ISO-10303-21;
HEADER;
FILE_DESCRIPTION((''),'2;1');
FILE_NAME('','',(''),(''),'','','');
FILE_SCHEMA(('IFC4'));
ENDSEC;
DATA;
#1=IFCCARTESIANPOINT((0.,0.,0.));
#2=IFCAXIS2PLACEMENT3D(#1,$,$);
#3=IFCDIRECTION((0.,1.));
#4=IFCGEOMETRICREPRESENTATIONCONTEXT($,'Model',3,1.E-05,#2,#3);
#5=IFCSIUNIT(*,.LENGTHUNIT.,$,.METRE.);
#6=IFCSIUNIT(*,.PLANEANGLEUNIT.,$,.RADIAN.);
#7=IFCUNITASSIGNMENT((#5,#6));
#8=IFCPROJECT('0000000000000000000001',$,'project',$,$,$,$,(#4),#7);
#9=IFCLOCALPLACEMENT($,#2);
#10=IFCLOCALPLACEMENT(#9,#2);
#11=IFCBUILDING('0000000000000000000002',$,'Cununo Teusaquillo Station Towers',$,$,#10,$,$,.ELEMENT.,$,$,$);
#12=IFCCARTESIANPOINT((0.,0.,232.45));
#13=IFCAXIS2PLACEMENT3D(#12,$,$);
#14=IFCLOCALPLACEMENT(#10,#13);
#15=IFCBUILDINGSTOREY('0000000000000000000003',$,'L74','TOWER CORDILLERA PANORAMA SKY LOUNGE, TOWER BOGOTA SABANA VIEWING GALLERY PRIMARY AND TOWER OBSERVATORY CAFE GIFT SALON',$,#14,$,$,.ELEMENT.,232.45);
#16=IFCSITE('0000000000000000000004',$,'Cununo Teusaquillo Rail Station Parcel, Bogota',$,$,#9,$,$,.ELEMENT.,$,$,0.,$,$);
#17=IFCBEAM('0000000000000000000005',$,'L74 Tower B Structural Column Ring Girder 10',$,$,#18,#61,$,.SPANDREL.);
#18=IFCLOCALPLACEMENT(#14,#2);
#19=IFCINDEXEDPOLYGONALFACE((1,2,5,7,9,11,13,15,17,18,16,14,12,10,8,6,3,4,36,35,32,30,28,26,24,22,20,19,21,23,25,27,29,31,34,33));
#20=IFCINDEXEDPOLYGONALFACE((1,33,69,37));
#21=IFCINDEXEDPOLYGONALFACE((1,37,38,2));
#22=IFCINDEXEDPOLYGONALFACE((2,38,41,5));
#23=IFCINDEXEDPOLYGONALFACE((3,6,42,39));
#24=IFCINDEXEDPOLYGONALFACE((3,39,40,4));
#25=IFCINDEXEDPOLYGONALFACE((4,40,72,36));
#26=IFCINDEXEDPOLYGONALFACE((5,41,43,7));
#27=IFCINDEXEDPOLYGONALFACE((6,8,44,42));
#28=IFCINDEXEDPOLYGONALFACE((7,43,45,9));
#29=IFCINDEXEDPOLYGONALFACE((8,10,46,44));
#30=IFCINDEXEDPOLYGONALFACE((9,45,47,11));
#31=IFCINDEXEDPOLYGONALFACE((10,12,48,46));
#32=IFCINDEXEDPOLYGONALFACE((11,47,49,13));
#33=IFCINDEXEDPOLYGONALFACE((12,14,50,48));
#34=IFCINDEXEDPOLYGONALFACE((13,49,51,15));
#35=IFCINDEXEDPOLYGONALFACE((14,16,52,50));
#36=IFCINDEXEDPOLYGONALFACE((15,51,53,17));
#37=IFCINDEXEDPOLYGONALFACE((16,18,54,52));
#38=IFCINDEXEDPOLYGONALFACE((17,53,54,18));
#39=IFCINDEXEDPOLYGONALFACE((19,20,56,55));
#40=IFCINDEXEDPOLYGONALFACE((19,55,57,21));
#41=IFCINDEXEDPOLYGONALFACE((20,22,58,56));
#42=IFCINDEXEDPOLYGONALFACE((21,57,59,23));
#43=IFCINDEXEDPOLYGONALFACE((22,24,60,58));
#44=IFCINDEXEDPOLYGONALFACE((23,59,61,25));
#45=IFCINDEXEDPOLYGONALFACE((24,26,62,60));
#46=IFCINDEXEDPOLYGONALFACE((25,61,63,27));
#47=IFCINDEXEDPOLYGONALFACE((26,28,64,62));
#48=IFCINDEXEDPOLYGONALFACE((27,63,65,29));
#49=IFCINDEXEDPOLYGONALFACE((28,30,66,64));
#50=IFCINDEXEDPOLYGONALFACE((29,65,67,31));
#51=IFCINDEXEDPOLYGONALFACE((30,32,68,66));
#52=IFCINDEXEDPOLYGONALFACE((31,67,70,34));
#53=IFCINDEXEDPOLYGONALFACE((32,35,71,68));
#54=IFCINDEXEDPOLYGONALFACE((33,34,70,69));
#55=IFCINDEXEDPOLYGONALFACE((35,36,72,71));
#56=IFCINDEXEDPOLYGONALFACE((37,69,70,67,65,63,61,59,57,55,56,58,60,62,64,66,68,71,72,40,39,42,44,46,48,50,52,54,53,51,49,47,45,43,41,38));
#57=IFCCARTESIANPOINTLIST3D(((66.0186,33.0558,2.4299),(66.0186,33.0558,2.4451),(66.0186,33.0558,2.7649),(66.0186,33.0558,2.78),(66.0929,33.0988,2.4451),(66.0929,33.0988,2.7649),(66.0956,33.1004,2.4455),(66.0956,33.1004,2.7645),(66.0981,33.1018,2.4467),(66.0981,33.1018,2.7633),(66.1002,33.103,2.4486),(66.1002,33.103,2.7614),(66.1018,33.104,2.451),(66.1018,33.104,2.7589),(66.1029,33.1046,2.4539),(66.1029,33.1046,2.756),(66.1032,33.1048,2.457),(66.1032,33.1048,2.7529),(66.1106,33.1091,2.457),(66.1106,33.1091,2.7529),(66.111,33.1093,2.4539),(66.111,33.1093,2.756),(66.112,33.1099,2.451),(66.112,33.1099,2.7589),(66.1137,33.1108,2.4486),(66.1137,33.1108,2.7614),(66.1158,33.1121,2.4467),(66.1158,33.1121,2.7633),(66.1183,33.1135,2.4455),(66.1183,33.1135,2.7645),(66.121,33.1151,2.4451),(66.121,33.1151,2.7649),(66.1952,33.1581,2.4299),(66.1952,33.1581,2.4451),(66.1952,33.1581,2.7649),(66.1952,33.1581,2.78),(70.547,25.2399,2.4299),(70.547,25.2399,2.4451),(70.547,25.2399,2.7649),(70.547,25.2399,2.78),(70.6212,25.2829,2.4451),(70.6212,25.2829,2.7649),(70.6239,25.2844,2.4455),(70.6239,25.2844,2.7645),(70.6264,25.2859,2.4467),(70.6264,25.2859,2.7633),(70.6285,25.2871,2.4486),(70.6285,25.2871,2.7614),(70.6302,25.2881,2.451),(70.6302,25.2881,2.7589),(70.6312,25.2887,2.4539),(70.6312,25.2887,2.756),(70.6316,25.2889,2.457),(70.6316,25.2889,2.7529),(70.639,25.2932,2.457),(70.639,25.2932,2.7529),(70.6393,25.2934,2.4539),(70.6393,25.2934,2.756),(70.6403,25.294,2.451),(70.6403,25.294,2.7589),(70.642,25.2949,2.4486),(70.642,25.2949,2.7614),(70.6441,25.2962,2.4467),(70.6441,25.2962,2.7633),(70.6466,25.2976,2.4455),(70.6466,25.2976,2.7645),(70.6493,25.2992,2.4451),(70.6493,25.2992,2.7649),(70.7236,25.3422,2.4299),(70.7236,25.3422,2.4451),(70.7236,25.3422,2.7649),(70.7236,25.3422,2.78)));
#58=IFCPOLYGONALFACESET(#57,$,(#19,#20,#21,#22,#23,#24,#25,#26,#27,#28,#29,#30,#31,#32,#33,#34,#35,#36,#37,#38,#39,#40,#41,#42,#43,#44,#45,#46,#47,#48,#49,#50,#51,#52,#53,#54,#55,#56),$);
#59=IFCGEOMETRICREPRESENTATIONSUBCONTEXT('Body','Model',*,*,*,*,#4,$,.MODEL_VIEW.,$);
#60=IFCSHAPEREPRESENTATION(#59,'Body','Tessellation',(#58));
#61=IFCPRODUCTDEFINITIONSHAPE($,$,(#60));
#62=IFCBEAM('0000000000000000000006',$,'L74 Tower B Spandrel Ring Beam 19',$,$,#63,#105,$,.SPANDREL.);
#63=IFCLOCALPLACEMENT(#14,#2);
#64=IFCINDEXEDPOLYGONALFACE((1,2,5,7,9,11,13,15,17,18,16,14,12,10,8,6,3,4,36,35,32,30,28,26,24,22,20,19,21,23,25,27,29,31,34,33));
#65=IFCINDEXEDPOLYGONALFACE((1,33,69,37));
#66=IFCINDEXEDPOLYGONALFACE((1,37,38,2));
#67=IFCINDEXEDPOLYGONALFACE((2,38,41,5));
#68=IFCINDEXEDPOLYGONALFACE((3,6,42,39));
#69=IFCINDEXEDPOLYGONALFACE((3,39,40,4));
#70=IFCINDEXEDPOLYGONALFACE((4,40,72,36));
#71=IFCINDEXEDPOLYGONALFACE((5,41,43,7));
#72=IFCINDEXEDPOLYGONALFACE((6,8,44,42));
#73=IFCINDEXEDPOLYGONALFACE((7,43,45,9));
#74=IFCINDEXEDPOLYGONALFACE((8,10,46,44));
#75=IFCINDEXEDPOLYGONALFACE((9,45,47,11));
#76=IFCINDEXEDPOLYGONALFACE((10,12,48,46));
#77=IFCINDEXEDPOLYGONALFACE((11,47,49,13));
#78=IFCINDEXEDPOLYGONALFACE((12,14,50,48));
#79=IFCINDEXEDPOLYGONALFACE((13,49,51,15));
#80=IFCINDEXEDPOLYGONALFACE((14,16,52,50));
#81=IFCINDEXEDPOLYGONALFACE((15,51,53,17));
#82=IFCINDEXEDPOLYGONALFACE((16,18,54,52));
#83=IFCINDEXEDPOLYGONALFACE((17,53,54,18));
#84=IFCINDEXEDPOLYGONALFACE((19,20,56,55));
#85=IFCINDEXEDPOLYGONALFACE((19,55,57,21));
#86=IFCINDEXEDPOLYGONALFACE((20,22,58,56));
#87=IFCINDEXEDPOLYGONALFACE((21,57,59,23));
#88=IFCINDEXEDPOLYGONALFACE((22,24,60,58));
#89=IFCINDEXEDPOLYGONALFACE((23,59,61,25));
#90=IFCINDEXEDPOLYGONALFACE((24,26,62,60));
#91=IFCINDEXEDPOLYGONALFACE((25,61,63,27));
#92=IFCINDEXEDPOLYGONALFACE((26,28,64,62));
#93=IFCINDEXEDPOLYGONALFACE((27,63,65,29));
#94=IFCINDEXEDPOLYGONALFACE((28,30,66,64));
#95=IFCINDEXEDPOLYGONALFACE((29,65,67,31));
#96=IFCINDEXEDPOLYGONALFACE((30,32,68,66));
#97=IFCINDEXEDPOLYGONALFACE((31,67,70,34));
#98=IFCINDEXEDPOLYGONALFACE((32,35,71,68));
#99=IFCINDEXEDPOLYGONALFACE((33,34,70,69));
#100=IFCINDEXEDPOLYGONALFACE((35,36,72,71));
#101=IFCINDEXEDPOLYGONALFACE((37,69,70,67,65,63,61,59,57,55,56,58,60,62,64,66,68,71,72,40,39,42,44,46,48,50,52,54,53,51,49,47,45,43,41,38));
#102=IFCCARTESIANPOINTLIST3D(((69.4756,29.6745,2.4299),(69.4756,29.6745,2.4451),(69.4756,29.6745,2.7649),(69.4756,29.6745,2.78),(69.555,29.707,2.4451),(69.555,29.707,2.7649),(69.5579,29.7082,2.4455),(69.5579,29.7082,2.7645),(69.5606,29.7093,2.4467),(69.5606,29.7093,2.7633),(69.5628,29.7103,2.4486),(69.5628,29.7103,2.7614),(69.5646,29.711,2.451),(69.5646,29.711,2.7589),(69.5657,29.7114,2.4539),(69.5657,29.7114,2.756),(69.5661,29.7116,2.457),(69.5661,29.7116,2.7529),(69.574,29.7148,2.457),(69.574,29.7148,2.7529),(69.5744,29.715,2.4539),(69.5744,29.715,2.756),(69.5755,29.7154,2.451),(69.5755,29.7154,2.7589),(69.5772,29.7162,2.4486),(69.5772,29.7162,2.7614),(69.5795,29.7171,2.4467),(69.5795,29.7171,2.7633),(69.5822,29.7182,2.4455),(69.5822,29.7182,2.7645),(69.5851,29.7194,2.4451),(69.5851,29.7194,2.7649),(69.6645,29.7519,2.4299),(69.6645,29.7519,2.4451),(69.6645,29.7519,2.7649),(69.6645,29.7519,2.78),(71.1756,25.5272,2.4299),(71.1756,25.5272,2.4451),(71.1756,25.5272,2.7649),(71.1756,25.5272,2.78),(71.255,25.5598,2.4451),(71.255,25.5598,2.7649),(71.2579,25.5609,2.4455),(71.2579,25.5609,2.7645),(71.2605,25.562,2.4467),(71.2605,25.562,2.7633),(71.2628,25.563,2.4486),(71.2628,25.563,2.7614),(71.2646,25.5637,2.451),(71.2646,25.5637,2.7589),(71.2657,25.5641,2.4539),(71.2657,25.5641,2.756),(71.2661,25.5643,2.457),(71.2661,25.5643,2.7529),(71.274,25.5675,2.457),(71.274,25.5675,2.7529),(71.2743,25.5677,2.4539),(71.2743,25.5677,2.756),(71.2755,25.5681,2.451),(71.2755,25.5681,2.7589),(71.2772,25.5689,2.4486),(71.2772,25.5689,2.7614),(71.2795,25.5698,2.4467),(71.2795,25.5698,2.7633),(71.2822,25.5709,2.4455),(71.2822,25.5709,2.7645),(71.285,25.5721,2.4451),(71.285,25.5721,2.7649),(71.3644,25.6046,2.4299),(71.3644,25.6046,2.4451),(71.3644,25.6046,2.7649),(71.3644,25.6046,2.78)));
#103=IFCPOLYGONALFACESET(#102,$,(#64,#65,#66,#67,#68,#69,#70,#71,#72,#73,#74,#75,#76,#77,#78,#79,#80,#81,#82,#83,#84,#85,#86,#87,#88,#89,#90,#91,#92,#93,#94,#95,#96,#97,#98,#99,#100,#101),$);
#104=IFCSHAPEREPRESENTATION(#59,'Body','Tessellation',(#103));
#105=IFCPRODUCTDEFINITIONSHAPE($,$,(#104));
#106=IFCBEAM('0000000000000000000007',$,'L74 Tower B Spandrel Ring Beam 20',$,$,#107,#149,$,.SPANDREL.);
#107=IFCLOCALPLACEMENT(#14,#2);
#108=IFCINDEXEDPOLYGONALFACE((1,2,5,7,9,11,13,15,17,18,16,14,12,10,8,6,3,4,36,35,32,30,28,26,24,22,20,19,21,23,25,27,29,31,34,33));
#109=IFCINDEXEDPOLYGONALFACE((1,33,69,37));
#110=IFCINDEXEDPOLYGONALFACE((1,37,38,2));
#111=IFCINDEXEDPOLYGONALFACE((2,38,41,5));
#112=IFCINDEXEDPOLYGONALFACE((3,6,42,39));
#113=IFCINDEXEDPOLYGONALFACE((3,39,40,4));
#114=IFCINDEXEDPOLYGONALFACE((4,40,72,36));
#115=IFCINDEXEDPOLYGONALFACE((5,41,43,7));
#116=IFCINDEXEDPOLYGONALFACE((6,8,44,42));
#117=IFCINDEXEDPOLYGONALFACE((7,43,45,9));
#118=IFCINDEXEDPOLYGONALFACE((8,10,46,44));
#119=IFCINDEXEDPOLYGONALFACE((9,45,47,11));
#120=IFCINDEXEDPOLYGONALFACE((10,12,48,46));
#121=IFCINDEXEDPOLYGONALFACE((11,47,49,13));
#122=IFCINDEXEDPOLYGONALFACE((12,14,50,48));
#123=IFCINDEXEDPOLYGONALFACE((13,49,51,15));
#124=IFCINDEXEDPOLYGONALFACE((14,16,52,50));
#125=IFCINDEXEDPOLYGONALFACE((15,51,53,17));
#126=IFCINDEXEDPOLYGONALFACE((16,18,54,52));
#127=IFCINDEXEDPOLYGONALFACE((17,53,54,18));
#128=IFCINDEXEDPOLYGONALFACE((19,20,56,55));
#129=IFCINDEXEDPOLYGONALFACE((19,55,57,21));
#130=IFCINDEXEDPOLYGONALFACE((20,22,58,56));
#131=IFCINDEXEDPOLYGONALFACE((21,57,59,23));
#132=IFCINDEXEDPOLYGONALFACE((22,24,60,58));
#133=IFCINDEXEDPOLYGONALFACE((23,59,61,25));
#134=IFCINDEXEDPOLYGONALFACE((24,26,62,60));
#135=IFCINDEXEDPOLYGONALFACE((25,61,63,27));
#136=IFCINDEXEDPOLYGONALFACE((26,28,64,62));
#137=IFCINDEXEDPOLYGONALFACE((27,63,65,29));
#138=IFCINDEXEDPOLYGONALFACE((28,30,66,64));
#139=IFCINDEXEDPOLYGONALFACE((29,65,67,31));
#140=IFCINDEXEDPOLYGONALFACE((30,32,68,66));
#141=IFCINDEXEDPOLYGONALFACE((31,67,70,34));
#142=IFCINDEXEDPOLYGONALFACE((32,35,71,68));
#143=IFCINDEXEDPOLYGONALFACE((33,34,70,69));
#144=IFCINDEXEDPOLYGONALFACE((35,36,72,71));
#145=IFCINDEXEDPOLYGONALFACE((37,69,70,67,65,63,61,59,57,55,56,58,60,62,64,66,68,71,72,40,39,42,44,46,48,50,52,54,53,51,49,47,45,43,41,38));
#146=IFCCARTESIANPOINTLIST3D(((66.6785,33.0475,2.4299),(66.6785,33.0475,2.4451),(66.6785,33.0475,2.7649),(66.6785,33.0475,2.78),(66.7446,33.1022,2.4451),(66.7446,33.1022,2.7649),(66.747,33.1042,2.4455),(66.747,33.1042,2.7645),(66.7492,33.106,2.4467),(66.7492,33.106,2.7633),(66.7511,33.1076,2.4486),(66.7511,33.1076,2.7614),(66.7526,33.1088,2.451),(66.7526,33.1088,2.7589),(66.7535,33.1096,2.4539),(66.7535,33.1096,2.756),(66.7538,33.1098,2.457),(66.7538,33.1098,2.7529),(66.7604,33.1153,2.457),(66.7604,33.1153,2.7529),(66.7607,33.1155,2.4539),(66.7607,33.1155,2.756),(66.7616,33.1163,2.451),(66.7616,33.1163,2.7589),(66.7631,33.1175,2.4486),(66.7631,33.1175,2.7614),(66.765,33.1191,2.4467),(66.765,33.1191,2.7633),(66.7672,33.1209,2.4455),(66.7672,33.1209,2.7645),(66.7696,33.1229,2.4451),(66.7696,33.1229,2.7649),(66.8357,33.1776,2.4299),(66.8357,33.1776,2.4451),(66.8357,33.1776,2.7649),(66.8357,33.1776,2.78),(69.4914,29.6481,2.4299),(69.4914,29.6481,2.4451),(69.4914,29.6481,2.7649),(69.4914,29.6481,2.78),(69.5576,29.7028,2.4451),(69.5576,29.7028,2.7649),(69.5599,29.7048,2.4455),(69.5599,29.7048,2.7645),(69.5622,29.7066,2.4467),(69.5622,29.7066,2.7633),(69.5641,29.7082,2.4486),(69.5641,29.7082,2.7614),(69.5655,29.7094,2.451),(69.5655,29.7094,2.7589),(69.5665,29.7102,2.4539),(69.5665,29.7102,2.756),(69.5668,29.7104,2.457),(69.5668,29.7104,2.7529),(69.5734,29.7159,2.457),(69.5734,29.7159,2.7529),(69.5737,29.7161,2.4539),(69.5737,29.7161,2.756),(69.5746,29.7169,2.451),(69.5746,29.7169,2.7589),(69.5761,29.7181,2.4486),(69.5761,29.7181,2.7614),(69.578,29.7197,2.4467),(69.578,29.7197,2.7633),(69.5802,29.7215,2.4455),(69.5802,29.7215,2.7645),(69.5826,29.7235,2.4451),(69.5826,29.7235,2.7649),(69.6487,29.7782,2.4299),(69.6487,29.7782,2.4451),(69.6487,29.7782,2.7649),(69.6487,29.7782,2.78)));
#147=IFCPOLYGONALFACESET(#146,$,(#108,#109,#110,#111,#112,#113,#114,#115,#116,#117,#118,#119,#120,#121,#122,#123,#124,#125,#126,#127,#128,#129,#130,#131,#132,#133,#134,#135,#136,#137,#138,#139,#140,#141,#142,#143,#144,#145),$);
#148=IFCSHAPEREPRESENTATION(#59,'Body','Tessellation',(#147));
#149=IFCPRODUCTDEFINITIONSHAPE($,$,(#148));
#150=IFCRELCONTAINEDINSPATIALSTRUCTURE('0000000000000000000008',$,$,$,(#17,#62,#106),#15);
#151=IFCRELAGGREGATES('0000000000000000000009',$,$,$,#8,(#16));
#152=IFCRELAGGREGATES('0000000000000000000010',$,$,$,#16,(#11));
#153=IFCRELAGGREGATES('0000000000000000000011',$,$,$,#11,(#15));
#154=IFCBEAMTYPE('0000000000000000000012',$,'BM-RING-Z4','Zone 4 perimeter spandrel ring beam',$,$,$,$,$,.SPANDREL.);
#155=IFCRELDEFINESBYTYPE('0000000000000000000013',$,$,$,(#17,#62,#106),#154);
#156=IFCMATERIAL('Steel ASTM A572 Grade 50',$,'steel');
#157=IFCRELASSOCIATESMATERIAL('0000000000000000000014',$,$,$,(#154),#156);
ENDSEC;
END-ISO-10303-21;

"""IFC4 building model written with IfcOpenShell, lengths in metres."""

from ifc_helpers import new_model, si_unit, direction, frame, origin, origin_2d, place, context, subcontext, project, spatial, i_section, extrude, material, material_profile, profile_set, type_object, element, save


model = new_model("IFC4")

# Units and contexts
model_context = context("Model", 3, precision=1e-05, world=origin(), true_north=direction((0.0, 1.0)))
body_context = subcontext(model_context, "Body", "Model", "MODEL_VIEW")
ifc_project = project(units=[si_unit("LENGTHUNIT", "METRE"), si_unit("PLANEANGLEUNIT", "RADIAN")], contexts=[model_context])

# Site, building, storey
site_placement = place(None, origin())
site = spatial("IfcSite", under=ifc_project, at=site_placement, Name="Cununo Teusaquillo Rail Station Parcel, Bogota", CompositionType="ELEMENT", RefElevation=0.0)
building_placement = place(site_placement, origin())
building = spatial("IfcBuilding", under=site, at=building_placement, Name="Cununo Teusaquillo Station Towers", CompositionType="ELEMENT")
storey_placement = place(building_placement, frame((0.0, 0.0, 232.45)))
storey = spatial("IfcBuildingStorey", under=building, at=storey_placement, Name="L74", Description="TOWER CORDILLERA PANORAMA SKY LOUNGE, TOWER BOGOTA SABANA VIEWING GALLERY PRIMARY AND TOWER OBSERVATORY CAFE GIFT SALON", CompositionType="ELEMENT", Elevation=232.45)

# Beams
ifc_material_1 = material(Name="Steel ASTM A572 Grade 50", Category="steel")
ifc_material_profile_1 = material_profile(ifc_material_1, i_section(OverallWidth=0.2041, OverallDepth=0.3501, WebThickness=0.0085, FlangeThickness=0.0151, FilletRadius=0.012, at=origin_2d()), Name="W14X48")
ifc_profile_set_1 = profile_set([ifc_material_profile_1], Name="Steel ASTM A572 Grade 50")
beam_type_1 = type_object("IfcBeamType", Name="BM-RING-Z4", Description="Zone 4 perimeter spandrel ring beam", PredefinedType="SPANDREL", material=ifc_profile_set_1)
beam_1_placement = place(storey_placement, frame((70.6353, 25.291, 2.605), z_axis=(-0.501311, 0.865267, 0.0), x_axis=(-0.865267, -0.501311, 0.0)))
element("IfcBeam", 1, at=beam_1_placement, inside=storey, type_object=beam_type_1, Name="L74 Tower B Structural Column Ring Girder 10", PredefinedType="SPANDREL", context=body_context, shape_type="SweptSolid", body=[
    extrude(i_section(OverallWidth=0.2041, OverallDepth=0.3501, WebThickness=0.0085, FlangeThickness=0.0151, FilletRadius=0.012, at=origin_2d()), origin(), (0.0, 0.0, 1.0), 9.033),
])
beam_2_placement = place(storey_placement, frame((71.27, 25.5659, 2.605), z_axis=(-0.379275, 0.925284, 0.0), x_axis=(-0.925284, -0.379275, 0.0)))
element("IfcBeam", 2, at=beam_2_placement, inside=storey, type_object=beam_type_1, Name="L74 Tower B Spandrel Ring Beam 19", PredefinedType="SPANDREL", context=body_context, shape_type="SweptSolid", body=[
    extrude(i_section(OverallWidth=0.2041, OverallDepth=0.3501, WebThickness=0.0085, FlangeThickness=0.0151, FilletRadius=0.012, at=origin_2d()), origin(), (0.0, 0.0, 1.0), 4.4822),
])
beam_3_placement = place(storey_placement, frame((69.5701, 29.7131, 2.605), z_axis=(-0.637525, 0.77043, 0.0), x_axis=(-0.77043, -0.637525, 0.0)))
element("IfcBeam", 3, at=beam_3_placement, inside=storey, type_object=beam_type_1, Name="L74 Tower B Spandrel Ring Beam 20", PredefinedType="SPANDREL", context=body_context, shape_type="SweptSolid", body=[
    extrude(i_section(OverallWidth=0.2041, OverallDepth=0.3501, WebThickness=0.0085, FlangeThickness=0.0151, FilletRadius=0.012, at=origin_2d()), origin(), (0.0, 0.0, 1.0), 4.4124),
])

save(model, "model.ifc")
